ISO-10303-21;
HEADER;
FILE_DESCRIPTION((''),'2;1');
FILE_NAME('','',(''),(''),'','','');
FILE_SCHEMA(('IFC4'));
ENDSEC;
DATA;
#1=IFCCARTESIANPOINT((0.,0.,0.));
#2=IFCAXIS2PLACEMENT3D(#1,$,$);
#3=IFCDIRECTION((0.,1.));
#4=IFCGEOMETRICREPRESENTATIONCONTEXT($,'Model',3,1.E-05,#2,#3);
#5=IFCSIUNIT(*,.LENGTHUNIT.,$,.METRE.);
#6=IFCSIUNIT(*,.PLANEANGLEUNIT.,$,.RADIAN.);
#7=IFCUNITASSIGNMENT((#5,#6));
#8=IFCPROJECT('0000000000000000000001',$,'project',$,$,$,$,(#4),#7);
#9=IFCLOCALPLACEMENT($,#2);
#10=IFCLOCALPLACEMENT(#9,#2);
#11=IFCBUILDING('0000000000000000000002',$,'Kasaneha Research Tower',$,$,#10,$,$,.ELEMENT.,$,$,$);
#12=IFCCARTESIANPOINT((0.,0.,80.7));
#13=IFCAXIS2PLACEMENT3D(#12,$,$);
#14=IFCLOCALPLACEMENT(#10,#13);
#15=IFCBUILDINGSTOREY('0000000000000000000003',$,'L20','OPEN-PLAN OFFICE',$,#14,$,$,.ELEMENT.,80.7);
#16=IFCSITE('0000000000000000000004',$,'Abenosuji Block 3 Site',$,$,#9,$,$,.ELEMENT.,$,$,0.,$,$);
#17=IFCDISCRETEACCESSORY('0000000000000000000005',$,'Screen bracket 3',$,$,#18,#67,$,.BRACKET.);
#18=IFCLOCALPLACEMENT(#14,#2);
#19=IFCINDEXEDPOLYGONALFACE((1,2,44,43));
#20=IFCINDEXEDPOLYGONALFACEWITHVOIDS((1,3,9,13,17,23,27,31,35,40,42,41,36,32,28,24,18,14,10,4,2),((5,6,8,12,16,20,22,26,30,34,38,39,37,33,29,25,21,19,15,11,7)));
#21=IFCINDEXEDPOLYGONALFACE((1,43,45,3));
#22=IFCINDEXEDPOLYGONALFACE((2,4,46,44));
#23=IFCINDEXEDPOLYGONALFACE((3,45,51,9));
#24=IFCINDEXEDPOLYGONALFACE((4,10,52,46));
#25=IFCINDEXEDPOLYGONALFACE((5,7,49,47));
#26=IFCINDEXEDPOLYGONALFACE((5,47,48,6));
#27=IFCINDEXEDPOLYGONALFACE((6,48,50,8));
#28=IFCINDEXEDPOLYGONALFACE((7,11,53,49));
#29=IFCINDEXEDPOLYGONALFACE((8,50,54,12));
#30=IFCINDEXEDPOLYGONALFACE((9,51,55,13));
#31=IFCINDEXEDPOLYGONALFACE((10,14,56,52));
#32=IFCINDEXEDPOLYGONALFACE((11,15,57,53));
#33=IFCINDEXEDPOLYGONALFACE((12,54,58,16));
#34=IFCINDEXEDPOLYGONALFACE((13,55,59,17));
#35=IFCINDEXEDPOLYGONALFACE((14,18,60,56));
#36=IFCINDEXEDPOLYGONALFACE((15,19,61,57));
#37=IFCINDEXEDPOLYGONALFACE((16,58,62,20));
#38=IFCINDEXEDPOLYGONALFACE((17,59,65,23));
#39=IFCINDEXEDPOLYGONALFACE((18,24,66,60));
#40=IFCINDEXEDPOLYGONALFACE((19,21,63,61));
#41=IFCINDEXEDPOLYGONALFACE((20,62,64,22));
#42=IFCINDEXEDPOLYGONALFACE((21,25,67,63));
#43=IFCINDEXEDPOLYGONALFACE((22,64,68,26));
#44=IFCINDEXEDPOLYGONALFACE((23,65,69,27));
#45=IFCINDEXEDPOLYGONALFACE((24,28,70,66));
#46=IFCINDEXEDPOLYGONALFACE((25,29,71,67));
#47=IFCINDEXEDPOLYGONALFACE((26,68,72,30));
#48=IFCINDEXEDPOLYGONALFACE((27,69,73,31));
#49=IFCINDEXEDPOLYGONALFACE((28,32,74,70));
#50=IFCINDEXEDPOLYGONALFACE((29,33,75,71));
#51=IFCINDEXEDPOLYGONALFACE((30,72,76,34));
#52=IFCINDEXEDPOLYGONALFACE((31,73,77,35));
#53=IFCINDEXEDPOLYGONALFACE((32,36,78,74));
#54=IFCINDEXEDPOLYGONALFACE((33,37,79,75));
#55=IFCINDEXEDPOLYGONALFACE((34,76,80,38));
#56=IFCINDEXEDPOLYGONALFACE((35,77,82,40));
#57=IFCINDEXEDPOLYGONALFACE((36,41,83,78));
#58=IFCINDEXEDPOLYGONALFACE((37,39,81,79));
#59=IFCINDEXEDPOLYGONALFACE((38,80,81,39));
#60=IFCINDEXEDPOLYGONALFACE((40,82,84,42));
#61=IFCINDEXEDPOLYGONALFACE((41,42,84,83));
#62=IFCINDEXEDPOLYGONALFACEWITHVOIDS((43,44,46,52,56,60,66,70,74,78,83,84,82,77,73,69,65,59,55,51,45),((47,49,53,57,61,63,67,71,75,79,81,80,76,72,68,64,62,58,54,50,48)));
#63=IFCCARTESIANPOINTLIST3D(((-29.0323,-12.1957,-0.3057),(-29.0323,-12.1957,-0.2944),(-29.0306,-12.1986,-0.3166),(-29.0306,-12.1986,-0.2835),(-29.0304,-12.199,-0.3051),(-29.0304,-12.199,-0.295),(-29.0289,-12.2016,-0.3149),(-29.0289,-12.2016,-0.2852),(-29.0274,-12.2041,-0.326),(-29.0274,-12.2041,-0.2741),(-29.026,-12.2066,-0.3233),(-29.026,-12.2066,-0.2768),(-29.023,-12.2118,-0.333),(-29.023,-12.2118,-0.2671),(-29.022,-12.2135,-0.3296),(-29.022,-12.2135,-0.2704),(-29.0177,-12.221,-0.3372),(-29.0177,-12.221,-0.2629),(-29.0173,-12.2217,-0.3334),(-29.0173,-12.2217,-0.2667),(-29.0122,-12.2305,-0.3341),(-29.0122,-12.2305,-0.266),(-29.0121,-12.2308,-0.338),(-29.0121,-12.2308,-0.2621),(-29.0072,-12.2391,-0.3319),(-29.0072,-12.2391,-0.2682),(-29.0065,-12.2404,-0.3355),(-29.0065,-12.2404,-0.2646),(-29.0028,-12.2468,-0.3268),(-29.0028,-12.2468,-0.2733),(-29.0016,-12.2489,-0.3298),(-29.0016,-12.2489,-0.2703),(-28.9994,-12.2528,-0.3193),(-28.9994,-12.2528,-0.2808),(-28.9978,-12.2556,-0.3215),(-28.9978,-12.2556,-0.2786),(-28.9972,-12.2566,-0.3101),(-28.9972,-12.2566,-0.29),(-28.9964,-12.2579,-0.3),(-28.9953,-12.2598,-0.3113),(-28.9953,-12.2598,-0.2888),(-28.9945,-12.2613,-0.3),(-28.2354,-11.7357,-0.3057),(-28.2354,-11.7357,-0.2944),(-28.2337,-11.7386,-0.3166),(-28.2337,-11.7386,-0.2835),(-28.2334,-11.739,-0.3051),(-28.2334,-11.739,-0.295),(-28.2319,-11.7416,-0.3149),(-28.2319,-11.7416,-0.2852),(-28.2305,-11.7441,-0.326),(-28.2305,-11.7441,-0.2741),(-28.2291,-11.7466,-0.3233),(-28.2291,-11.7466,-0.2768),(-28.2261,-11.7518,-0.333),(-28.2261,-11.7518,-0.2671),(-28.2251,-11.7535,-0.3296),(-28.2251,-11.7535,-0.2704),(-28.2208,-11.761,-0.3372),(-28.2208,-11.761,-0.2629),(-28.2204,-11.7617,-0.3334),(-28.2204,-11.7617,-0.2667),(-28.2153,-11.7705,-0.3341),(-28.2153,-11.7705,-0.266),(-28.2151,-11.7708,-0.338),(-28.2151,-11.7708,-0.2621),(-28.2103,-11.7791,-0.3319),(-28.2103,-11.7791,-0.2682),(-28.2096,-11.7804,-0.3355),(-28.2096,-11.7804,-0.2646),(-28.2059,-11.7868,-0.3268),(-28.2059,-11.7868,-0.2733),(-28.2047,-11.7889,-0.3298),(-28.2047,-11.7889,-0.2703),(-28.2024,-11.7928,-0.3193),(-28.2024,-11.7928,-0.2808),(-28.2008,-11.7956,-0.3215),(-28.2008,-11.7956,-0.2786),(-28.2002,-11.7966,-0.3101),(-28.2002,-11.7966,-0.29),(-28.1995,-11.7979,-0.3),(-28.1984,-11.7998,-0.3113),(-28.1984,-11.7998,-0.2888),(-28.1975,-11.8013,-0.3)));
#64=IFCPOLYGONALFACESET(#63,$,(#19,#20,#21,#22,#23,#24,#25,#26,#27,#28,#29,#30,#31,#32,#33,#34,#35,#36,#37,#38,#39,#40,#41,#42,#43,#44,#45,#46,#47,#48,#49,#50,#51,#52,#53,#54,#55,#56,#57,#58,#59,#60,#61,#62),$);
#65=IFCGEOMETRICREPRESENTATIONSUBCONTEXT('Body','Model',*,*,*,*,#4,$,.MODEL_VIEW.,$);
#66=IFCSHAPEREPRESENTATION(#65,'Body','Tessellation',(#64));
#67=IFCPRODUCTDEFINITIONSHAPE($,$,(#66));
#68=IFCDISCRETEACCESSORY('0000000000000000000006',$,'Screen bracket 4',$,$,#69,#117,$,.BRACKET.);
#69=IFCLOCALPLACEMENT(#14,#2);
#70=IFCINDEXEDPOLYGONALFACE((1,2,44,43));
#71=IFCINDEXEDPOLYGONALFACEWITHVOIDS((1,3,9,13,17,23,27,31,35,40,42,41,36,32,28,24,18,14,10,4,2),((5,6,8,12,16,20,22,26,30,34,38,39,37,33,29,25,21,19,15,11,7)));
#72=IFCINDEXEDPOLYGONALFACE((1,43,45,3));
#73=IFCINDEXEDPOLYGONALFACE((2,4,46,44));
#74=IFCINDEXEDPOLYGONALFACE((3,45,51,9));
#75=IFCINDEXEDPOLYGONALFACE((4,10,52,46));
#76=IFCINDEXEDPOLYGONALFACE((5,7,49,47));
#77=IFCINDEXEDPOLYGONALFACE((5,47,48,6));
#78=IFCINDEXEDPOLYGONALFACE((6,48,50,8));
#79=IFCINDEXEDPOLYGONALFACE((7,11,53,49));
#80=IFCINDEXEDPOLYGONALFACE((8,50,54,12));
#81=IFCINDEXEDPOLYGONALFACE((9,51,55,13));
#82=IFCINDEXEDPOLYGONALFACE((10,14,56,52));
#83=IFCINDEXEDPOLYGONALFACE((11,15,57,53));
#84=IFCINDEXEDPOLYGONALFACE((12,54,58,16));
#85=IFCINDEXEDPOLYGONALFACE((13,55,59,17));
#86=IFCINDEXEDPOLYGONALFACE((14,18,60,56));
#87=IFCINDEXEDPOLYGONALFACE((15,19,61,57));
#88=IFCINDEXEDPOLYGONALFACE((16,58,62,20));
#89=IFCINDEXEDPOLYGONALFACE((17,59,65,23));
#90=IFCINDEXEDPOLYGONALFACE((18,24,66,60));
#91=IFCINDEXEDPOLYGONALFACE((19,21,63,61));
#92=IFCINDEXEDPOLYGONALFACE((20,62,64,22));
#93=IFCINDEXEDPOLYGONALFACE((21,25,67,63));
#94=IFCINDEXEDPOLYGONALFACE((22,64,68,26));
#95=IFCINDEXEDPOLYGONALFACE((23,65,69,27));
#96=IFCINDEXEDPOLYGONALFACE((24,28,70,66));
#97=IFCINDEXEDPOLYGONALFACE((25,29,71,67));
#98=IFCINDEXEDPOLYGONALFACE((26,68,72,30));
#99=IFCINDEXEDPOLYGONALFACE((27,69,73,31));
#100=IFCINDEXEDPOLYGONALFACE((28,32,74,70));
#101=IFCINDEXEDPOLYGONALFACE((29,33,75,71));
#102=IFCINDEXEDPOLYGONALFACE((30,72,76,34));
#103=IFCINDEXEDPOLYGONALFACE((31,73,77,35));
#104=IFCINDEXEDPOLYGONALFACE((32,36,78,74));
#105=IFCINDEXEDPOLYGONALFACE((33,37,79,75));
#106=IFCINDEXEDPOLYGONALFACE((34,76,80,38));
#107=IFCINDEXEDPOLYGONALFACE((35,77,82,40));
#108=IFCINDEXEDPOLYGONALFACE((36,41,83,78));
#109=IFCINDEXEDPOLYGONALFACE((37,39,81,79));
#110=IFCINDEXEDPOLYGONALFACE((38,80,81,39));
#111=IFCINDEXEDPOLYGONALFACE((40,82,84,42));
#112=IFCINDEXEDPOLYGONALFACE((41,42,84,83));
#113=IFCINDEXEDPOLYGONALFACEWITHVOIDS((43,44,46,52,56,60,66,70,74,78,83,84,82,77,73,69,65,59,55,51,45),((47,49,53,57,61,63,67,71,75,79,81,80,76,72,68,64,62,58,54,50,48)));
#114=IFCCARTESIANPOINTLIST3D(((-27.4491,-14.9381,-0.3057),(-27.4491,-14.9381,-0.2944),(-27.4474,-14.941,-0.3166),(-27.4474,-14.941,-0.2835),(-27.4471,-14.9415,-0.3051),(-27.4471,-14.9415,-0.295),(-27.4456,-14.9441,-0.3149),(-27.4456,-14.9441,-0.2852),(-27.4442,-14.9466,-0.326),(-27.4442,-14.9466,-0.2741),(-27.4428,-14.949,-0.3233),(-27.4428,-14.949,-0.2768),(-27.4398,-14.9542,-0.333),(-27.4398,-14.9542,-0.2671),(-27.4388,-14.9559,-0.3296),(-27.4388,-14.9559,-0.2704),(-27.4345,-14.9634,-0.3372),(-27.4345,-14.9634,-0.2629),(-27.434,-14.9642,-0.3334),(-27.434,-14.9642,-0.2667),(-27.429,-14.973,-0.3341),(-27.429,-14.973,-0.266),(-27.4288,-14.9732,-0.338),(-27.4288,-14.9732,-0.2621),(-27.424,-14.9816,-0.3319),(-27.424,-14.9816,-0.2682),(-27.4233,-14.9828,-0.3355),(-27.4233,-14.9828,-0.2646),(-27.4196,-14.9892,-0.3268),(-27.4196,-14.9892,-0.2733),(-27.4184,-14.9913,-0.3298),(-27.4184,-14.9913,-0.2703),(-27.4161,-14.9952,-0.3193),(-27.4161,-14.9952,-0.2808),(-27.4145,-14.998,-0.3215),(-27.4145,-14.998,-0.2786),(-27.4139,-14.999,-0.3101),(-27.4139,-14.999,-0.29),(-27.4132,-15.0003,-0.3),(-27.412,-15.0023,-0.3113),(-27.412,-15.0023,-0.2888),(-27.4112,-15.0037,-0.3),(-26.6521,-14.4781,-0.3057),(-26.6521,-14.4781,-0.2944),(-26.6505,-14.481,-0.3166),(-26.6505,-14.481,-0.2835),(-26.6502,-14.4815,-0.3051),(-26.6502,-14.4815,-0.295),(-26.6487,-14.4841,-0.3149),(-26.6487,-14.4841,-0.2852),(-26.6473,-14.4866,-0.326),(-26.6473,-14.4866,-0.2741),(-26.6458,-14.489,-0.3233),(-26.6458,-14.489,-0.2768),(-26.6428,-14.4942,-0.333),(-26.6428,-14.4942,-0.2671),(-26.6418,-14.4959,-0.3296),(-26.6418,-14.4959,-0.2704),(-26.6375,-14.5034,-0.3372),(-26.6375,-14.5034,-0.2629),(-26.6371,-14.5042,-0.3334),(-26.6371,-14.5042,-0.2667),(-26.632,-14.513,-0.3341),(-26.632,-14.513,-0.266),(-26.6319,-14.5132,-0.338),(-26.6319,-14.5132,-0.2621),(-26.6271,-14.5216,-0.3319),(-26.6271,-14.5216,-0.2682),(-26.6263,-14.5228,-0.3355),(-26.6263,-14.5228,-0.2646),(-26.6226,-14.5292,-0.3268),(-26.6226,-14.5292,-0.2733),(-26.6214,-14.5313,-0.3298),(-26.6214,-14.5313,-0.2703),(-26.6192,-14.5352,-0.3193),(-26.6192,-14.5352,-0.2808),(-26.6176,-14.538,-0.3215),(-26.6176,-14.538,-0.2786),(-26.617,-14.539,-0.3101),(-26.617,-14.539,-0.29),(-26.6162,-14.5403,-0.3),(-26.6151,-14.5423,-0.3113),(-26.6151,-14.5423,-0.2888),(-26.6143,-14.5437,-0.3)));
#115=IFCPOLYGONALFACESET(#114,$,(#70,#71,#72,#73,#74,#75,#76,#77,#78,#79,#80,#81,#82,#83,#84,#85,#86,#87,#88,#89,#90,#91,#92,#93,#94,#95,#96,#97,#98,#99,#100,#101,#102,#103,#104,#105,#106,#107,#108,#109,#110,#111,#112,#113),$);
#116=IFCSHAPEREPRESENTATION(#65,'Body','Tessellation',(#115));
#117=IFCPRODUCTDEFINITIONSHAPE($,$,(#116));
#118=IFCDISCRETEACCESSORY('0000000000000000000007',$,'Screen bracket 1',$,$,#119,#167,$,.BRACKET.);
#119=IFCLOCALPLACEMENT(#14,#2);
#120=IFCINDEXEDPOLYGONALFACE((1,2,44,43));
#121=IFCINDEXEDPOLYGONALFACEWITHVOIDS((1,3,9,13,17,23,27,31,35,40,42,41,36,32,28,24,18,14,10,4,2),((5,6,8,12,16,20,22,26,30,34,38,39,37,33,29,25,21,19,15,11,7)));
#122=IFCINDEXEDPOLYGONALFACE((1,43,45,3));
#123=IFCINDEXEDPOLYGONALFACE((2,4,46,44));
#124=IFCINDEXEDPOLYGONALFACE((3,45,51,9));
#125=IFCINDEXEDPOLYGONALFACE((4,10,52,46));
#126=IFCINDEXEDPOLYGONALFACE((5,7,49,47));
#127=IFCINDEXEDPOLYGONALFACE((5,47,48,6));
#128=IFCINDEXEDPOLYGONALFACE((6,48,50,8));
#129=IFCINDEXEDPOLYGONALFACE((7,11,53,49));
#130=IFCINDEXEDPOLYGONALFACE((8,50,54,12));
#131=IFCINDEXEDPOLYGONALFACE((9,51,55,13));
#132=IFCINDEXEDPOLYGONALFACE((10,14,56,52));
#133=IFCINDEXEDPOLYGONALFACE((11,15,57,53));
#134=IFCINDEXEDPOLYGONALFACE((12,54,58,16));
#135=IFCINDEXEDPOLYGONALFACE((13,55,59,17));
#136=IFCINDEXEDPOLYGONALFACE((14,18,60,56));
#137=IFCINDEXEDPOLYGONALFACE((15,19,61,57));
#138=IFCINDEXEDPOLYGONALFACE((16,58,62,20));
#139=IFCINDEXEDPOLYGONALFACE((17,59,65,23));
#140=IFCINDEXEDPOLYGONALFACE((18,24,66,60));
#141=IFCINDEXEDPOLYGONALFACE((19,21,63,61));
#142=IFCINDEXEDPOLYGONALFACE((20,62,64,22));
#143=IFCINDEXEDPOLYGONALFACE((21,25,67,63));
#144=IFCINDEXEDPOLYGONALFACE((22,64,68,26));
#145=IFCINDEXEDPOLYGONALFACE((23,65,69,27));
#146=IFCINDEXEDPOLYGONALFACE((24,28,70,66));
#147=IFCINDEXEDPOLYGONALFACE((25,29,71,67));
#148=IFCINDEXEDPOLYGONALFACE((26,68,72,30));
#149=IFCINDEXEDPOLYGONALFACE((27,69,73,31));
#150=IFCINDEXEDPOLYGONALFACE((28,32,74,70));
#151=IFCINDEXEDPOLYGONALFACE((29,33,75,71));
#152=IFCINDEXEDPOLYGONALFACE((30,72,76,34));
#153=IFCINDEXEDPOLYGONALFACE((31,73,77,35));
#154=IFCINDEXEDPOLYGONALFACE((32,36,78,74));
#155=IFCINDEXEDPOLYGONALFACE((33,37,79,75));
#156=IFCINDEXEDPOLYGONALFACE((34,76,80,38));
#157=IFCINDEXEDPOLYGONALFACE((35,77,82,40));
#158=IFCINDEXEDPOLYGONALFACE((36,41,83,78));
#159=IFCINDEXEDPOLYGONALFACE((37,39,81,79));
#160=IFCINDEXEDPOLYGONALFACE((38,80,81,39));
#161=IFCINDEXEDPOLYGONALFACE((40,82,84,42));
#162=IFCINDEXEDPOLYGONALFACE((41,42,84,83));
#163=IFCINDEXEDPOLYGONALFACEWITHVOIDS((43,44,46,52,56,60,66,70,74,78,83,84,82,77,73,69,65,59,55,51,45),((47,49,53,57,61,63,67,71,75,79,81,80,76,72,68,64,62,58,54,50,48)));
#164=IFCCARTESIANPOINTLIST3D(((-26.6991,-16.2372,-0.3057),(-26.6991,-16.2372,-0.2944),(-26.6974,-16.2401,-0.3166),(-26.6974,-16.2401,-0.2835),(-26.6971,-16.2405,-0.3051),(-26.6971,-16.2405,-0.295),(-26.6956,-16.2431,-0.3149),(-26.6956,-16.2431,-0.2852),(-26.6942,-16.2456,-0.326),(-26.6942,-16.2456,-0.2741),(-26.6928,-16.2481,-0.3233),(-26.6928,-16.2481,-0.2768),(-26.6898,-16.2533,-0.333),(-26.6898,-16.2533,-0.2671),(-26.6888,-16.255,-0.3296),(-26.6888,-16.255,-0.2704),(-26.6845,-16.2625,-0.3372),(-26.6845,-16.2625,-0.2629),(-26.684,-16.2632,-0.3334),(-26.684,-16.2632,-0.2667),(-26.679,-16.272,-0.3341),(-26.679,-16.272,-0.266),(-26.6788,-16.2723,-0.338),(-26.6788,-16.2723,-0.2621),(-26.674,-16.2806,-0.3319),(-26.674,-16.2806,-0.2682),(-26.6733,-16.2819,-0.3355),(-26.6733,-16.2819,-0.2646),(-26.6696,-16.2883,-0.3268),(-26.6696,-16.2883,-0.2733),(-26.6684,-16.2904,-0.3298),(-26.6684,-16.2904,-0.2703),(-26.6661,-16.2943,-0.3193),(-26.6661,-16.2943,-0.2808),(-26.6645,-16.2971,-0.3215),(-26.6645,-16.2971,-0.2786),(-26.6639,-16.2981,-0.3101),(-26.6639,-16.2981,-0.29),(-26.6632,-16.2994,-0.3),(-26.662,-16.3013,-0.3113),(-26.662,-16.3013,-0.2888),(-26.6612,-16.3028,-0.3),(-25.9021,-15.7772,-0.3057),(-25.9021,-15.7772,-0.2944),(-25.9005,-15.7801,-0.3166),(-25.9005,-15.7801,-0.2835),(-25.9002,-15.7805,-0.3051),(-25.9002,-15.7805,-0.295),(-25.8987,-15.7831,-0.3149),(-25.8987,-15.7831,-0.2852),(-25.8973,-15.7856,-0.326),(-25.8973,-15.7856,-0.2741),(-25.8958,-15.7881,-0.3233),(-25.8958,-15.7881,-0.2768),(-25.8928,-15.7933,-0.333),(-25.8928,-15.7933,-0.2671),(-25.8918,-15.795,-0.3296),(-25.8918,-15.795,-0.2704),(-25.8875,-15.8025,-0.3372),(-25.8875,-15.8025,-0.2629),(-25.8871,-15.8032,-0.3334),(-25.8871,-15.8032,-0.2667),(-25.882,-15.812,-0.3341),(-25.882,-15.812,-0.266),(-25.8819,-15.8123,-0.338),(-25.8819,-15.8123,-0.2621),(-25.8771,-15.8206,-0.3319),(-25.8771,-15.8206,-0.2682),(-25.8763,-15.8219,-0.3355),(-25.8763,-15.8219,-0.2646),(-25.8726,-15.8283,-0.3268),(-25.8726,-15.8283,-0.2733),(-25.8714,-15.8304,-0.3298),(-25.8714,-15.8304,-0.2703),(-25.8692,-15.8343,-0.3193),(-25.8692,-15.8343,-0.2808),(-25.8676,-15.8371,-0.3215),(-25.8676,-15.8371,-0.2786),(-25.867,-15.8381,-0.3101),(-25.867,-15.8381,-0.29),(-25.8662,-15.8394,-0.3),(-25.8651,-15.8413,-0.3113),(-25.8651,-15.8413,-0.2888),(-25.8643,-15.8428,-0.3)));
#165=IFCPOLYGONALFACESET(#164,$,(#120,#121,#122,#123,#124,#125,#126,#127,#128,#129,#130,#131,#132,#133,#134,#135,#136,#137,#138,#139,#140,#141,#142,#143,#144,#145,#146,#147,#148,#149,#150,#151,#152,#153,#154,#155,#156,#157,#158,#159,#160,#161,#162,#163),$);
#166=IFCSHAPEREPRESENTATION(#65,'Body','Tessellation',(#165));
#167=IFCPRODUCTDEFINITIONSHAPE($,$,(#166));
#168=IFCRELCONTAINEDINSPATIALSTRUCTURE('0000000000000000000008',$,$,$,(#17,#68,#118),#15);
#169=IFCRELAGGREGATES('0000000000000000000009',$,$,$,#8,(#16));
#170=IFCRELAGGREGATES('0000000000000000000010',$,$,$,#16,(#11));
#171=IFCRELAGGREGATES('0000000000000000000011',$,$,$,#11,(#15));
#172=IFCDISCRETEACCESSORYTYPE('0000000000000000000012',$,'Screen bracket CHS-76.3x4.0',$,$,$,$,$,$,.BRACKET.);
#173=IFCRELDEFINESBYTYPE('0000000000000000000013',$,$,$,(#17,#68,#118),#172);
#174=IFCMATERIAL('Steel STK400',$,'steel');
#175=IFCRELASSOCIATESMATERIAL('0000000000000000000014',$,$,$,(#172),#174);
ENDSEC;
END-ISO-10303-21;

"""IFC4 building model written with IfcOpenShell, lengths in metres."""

from ifc_helpers import new_model, si_unit, direction, frame, origin, origin_2d, place, context, subcontext, project, spatial, hollow_circle, extrude, material, material_profile, profile_set, type_object, element, save


model = new_model("IFC4")

# Units and contexts
model_context = context("Model", 3, precision=1e-05, world=origin(), true_north=direction((0.0, 1.0)))
body_context = subcontext(model_context, "Body", "Model", "MODEL_VIEW")
ifc_project = project(units=[si_unit("LENGTHUNIT", "METRE"), si_unit("PLANEANGLEUNIT", "RADIAN")], contexts=[model_context])

# Site, building, storey
site_placement = place(None, origin())
site = spatial("IfcSite", under=ifc_project, at=site_placement, Name="Abenosuji Block 3 Site", CompositionType="ELEMENT", RefElevation=0.0)
building_placement = place(site_placement, origin())
building = spatial("IfcBuilding", under=site, at=building_placement, Name="Kasaneha Research Tower", CompositionType="ELEMENT")
storey_placement = place(building_placement, frame((0.0, 0.0, 80.7)))
storey = spatial("IfcBuildingStorey", under=building, at=storey_placement, Name="L20", Description="OPEN-PLAN OFFICE", CompositionType="ELEMENT", Elevation=80.7)

# Discrete accessories
ifc_material_1 = material(Name="Steel STK400", Category="steel")
ifc_material_profile_1 = material_profile(ifc_material_1, hollow_circle(Radius=0.0381, WallThickness=0.0039, at=origin_2d()), Name="CHS-76.3x4.0")
ifc_profile_set_1 = profile_set([ifc_material_profile_1], Name="Steel STK400")
discrete_accessory_type = type_object("IfcDiscreteAccessoryType", Name="Screen bracket CHS-76.3x4.0", PredefinedType="BRACKET", material=ifc_profile_set_1)
for number, where, z_axis, x_axis, name in (
    (1, (-28.2166, -11.7683, -0.3), (-0.86608, -0.499906, 0.0), (0.499906, -0.86608, 0.0), "Screen bracket 3"),
    (2, (-26.6333, -14.5107, -0.3), (-0.86608, -0.499906, 0.0), (0.499906, -0.86608, 0.0), "Screen bracket 4"),
    (3, (-25.8833, -15.8098, -0.3), (-0.86608, -0.499906, 0.0), (0.499906, -0.86608, 0.0), "Screen bracket 1"),
):
    element("IfcDiscreteAccessory", number, at=place(storey_placement, frame(where, z_axis=z_axis, x_axis=x_axis)), inside=storey, type_object=discrete_accessory_type, Name=name, PredefinedType="BRACKET", context=body_context, shape_type="SweptSolid", body=[
        extrude(hollow_circle(Radius=0.0381, WallThickness=0.0039, at=origin_2d()), origin(), (0.0, 0.0, 1.0), 0.9202),
    ])

save(model, "model.ifc")
